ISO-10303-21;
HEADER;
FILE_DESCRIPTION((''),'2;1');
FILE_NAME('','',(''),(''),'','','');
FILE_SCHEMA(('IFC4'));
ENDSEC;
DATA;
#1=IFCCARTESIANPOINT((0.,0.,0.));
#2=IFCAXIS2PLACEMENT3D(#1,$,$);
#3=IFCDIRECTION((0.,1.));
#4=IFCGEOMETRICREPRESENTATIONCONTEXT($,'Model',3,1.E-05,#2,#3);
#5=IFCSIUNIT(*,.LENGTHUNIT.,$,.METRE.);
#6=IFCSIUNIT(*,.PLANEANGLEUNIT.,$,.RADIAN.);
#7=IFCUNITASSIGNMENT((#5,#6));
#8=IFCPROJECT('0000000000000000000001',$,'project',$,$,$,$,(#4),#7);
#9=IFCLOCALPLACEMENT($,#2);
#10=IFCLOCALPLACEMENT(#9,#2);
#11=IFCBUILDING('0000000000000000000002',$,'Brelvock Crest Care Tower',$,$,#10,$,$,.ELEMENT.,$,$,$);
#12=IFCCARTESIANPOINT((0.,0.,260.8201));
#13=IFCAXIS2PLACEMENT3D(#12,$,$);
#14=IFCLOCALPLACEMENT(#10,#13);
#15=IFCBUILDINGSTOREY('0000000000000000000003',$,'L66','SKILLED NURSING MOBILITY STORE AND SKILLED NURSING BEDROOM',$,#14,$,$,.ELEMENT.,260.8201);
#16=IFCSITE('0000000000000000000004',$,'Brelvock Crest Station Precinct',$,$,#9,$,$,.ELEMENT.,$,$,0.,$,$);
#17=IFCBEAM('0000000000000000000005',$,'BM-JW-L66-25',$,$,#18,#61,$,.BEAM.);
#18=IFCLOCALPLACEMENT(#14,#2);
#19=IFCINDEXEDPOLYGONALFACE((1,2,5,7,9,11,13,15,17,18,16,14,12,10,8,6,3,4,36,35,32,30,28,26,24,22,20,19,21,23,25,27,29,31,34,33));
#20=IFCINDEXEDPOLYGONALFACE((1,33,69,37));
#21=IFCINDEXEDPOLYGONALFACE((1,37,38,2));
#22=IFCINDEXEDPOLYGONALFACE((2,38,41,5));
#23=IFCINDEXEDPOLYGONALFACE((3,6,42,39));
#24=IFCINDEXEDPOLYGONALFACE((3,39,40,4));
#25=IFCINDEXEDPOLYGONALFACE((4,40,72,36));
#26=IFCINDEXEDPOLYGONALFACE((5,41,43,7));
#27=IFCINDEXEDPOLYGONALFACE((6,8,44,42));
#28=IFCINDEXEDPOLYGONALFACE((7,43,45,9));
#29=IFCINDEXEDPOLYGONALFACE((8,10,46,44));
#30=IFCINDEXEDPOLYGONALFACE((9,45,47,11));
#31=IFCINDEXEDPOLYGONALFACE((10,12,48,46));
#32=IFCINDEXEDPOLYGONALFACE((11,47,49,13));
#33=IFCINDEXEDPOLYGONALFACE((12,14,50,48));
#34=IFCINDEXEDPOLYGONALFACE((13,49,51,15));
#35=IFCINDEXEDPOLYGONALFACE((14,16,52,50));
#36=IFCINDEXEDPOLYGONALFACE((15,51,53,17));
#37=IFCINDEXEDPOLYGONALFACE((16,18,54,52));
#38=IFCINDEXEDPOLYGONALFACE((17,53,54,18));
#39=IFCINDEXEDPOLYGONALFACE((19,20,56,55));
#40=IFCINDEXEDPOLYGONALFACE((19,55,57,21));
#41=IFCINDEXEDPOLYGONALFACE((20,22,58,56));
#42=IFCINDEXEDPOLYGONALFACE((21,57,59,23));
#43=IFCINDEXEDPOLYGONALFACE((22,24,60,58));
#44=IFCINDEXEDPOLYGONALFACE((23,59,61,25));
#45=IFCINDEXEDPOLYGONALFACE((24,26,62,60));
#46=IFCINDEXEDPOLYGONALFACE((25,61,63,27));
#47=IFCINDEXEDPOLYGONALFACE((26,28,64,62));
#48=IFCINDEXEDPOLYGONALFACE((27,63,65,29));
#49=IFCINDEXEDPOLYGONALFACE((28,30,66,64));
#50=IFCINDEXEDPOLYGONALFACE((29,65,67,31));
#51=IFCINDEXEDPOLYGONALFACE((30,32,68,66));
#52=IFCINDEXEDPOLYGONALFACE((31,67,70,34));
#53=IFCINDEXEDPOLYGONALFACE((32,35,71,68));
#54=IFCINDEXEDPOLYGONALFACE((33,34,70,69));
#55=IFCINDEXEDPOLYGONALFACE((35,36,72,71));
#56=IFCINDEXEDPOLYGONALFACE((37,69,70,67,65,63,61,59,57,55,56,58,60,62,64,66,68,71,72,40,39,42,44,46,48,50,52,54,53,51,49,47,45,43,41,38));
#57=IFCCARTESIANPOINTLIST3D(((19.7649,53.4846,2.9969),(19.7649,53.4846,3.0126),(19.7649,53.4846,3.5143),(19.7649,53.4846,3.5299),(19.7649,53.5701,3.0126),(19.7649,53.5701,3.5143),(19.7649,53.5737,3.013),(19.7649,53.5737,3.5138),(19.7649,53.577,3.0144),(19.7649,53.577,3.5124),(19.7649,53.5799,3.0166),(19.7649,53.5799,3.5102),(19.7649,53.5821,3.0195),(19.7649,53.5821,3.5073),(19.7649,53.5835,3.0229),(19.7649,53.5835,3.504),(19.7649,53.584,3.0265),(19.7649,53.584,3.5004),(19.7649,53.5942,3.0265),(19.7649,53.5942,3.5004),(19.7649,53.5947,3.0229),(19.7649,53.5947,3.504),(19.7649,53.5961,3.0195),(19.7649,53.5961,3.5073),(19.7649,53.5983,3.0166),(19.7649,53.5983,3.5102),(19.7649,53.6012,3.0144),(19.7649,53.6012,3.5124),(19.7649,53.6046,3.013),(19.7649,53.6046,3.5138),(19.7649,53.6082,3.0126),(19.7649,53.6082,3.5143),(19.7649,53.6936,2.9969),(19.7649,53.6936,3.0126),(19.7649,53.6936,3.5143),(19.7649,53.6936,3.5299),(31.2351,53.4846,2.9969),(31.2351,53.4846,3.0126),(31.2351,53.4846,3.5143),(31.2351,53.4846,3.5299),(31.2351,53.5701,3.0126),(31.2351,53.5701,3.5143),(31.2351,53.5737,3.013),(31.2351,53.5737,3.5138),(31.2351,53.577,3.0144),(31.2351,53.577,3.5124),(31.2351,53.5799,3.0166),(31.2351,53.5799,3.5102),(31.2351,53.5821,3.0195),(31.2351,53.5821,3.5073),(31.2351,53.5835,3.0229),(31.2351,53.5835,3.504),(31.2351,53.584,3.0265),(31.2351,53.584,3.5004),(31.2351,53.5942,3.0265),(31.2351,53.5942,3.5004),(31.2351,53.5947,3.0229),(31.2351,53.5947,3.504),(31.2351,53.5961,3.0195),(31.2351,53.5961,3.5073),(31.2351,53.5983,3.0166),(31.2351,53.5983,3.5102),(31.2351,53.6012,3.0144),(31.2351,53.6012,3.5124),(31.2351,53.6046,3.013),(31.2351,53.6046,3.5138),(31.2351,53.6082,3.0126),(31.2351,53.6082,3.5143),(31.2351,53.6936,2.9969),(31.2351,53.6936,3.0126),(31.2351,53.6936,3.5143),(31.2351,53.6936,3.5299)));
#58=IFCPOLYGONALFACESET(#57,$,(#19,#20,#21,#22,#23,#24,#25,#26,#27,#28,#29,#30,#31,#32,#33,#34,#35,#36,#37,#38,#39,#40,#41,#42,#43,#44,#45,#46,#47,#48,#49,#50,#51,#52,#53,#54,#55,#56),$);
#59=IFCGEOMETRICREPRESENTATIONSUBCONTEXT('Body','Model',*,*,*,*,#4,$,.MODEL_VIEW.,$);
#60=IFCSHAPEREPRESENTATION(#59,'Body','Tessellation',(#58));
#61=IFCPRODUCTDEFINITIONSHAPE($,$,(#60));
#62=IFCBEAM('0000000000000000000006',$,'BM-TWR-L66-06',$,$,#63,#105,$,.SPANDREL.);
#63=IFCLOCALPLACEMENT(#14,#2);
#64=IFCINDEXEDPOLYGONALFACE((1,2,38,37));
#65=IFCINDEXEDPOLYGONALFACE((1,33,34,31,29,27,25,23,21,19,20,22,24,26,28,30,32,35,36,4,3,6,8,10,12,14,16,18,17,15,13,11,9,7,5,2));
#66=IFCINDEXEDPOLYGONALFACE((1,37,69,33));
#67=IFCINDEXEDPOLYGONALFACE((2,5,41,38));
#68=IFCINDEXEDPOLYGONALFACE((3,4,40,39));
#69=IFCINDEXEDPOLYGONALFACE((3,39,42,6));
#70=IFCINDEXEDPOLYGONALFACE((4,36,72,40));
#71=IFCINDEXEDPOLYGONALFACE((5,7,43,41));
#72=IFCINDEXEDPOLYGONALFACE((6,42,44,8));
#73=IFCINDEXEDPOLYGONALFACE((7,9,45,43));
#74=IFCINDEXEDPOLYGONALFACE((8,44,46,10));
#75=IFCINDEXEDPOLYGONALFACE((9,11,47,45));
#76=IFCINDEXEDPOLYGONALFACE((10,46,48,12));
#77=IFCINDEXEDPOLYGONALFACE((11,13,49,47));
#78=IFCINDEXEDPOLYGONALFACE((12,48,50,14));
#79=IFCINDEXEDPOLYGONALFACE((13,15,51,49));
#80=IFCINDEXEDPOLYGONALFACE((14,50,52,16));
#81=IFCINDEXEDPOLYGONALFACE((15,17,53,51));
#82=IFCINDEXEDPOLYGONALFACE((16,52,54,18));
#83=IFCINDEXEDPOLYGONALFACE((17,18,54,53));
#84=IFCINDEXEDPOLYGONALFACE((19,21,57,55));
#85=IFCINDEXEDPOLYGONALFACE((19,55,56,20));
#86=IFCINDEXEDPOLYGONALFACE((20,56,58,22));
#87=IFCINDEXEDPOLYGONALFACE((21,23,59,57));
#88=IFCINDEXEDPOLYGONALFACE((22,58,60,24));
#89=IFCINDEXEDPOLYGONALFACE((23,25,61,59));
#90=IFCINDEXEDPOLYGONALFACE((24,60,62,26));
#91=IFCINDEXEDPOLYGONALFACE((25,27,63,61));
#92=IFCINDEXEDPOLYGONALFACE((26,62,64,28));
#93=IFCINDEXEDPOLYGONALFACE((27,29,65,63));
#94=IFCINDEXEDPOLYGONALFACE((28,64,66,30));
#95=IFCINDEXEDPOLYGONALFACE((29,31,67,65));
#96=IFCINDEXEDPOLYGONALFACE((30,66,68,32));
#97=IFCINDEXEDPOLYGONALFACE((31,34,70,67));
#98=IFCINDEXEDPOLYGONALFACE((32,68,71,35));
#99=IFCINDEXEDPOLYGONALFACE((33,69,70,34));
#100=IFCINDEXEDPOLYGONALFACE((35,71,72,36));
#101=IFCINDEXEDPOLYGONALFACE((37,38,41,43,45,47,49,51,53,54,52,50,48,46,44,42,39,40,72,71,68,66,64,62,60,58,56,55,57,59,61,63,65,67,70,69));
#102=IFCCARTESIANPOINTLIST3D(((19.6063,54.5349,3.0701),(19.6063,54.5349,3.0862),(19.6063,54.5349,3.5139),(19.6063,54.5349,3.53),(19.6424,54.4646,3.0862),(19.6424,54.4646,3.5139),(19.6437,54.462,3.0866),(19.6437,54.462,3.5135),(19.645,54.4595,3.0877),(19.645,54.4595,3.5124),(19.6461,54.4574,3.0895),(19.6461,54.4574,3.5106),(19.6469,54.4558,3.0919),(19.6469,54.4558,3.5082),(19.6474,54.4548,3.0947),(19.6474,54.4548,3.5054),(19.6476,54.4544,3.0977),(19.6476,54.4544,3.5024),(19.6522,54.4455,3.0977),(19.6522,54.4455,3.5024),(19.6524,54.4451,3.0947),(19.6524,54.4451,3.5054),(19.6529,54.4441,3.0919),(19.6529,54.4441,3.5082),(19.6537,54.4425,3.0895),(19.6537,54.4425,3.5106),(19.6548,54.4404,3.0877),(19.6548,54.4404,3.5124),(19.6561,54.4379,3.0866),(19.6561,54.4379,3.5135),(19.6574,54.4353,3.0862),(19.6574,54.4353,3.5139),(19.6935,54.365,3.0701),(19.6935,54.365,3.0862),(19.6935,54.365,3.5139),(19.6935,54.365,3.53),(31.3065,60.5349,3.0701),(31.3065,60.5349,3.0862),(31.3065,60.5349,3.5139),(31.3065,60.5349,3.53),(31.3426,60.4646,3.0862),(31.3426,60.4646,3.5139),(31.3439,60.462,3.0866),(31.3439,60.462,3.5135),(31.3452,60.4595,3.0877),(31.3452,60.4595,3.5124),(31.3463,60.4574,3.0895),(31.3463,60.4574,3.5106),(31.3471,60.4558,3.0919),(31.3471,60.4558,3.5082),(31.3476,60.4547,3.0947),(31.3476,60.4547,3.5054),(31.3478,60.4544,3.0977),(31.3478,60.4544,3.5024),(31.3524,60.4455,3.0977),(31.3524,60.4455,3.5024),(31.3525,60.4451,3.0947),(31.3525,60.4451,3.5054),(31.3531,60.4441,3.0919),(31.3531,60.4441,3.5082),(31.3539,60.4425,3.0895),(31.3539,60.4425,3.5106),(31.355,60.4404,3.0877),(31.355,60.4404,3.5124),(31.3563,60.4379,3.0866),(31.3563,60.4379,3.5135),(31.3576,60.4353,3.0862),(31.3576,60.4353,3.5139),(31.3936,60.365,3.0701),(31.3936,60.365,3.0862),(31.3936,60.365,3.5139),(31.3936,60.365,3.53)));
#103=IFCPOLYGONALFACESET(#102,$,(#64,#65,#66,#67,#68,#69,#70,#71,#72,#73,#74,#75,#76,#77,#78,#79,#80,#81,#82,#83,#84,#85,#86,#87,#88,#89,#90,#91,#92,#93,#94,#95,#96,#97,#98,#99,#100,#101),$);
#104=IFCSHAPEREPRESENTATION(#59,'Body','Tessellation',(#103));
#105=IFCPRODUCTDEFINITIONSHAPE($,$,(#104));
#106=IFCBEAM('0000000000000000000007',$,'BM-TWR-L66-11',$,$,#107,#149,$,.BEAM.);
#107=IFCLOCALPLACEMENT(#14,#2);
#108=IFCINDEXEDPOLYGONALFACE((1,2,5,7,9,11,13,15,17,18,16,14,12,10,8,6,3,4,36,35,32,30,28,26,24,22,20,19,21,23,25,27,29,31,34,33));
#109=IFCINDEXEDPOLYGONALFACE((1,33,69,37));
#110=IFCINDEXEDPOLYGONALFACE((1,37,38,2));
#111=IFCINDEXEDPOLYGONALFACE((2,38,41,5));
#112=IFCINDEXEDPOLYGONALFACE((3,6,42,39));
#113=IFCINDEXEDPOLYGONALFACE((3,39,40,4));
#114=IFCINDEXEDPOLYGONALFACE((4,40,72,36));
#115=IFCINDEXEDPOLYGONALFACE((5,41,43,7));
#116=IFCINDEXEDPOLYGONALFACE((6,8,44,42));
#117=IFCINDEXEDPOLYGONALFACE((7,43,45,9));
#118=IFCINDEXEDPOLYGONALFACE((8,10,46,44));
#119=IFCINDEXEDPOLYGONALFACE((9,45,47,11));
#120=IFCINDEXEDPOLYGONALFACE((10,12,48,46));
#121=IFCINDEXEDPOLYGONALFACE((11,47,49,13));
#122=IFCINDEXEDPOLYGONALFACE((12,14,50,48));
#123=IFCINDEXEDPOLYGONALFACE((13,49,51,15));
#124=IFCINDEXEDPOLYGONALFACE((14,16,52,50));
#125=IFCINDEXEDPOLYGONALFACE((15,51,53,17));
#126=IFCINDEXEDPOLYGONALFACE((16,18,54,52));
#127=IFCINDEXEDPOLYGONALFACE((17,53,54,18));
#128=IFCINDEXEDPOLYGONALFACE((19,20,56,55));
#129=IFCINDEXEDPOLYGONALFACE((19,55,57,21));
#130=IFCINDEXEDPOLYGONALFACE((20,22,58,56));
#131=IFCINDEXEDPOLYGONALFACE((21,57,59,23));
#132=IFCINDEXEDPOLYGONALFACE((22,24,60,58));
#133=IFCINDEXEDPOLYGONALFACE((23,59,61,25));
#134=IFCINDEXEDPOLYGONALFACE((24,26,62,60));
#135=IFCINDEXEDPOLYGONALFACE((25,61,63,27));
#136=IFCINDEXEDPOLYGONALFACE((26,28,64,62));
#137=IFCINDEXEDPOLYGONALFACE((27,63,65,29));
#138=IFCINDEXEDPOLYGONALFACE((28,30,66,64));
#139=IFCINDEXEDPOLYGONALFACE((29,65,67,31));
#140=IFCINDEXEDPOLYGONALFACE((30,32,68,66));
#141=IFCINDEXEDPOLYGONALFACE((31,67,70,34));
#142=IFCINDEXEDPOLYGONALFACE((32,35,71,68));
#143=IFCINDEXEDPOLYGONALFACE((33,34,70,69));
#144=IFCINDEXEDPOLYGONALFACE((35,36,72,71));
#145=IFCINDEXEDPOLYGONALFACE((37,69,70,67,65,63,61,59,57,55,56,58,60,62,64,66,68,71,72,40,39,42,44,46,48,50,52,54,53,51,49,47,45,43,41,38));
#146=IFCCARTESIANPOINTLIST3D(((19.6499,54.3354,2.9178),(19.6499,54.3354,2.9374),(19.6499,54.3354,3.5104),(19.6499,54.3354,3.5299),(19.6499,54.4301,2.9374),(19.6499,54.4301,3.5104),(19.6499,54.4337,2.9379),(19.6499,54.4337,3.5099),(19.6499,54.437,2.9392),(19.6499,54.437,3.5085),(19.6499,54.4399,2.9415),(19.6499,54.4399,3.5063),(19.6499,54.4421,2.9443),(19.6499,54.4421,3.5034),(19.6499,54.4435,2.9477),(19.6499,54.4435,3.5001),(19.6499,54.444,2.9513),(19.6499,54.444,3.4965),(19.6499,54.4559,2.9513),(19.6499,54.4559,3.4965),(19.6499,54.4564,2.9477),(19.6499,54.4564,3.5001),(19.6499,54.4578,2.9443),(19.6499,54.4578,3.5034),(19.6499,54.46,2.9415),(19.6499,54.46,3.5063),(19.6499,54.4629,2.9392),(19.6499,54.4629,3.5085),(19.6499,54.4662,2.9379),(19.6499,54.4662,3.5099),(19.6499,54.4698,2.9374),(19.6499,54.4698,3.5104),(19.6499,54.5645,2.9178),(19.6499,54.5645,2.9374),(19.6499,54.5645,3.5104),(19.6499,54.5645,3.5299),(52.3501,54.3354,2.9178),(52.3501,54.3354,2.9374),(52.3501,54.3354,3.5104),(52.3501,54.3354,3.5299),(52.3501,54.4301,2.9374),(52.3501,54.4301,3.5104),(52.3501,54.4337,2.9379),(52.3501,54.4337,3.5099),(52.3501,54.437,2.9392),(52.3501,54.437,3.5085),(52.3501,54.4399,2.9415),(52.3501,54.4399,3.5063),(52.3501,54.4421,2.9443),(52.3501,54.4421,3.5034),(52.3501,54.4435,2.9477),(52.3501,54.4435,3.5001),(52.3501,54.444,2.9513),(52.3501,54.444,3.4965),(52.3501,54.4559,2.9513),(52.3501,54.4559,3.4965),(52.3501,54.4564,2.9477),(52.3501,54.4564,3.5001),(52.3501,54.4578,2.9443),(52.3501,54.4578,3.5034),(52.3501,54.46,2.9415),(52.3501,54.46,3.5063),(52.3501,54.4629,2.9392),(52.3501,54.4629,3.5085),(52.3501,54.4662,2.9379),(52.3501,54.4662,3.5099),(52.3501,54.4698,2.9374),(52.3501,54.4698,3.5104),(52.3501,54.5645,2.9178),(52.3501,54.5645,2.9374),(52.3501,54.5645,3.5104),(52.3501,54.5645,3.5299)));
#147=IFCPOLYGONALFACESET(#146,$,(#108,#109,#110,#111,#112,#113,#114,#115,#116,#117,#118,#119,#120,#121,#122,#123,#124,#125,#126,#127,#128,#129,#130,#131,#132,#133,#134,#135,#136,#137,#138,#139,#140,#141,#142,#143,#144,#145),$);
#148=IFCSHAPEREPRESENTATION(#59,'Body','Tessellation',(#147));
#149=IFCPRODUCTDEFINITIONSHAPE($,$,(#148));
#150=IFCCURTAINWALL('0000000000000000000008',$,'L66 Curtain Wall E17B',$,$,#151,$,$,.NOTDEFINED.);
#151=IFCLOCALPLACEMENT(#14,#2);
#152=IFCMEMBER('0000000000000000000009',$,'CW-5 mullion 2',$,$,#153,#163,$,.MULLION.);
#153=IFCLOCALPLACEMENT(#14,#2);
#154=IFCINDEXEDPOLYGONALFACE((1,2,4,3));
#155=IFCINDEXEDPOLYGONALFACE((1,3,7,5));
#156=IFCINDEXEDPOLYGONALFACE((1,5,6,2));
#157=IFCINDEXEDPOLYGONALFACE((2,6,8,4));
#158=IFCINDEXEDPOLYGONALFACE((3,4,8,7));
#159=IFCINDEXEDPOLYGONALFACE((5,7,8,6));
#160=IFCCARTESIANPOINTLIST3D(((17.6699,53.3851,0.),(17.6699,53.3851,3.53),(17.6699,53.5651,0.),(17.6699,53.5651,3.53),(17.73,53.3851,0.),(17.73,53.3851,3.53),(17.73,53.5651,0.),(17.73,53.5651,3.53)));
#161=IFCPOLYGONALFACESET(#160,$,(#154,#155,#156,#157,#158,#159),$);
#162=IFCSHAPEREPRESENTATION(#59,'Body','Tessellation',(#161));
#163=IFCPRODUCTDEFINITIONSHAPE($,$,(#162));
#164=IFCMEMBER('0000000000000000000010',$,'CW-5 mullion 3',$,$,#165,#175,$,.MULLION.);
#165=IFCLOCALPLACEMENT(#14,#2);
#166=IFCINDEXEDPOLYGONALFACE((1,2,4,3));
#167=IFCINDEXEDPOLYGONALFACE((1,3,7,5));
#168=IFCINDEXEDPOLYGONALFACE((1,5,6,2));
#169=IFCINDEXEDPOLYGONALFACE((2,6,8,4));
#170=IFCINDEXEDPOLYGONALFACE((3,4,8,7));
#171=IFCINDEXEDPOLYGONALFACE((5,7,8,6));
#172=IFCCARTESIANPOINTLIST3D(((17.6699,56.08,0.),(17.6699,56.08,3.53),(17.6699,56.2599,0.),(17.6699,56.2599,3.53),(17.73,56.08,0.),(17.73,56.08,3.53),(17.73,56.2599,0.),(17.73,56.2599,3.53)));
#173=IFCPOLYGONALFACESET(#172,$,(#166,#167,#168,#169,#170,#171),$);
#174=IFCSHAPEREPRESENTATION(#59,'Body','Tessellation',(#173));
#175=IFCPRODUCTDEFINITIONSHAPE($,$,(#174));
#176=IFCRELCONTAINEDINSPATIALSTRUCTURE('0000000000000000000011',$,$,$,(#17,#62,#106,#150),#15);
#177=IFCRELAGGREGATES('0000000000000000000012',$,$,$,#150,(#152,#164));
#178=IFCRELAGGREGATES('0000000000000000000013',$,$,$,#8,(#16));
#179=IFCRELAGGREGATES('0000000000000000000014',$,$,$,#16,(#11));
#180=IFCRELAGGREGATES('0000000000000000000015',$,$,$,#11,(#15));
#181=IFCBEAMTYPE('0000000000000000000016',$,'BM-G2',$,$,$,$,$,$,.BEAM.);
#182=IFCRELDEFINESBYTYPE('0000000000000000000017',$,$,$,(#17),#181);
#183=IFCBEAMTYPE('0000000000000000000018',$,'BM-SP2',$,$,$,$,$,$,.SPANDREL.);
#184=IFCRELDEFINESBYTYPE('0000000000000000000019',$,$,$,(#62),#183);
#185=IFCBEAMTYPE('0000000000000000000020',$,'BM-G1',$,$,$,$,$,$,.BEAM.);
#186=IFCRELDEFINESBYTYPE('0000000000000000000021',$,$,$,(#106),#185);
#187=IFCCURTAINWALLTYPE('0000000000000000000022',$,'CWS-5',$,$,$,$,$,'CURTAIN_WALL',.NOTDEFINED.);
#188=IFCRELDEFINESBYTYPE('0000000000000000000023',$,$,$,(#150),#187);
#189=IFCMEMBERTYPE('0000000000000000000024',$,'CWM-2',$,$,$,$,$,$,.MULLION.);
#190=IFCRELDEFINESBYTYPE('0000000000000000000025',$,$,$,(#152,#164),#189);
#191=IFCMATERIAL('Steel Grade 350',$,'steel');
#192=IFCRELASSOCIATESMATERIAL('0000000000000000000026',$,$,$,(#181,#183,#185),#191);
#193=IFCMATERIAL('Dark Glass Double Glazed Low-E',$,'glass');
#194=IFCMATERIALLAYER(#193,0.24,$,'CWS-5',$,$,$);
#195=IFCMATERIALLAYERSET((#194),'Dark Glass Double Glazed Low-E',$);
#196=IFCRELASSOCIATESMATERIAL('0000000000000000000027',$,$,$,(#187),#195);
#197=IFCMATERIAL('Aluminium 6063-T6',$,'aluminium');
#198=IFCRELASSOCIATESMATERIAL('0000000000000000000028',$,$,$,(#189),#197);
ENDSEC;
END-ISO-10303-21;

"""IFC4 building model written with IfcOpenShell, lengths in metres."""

from ifc_helpers import new_model, si_unit, direction, frame, origin, origin_2d, place, context, subcontext, project, spatial, rectangle, i_section, extrude, source, transform, mapped, material, layer, layer_set, material_profile, profile_set, type_object, element, aggregate, save


model = new_model("IFC4")

# Units and contexts
model_context = context("Model", 3, precision=1e-05, world=origin(), true_north=direction((0.0, 1.0)))
body_context = subcontext(model_context, "Body", "Model", "MODEL_VIEW")
ifc_project = project(units=[si_unit("LENGTHUNIT", "METRE"), si_unit("PLANEANGLEUNIT", "RADIAN")], contexts=[model_context])

# Site, building, storey
site_placement = place(None, origin())
site = spatial("IfcSite", under=ifc_project, at=site_placement, Name="Brelvock Crest Station Precinct", CompositionType="ELEMENT", RefElevation=0.0)
building_placement = place(site_placement, origin())
building = spatial("IfcBuilding", under=site, at=building_placement, Name="Brelvock Crest Care Tower", CompositionType="ELEMENT")
storey_placement = place(building_placement, frame((0.0, 0.0, 260.8201)))
storey = spatial("IfcBuildingStorey", under=building, at=storey_placement, Name="L66", Description="SKILLED NURSING MOBILITY STORE AND SKILLED NURSING BEDROOM", CompositionType="ELEMENT", Elevation=260.8201)

# Shared definitions
ifc_material_1 = material(Name="Steel Grade 350", Category="steel")

# Beams
ifc_material_profile_1 = material_profile(ifc_material_1, i_section(OverallWidth=0.209, OverallDepth=0.533, WebThickness=0.0103, FlangeThickness=0.0156, FilletRadius=0.0139, at=origin_2d()), Name="530UB92.4")
ifc_profile_set_1 = profile_set([ifc_material_profile_1], Name="Steel Grade 350")
beam_type_1 = type_object("IfcBeamType", Name="BM-G2", PredefinedType="BEAM", material=ifc_profile_set_1)
shared_shape_1 = source(origin(), body_context, "Body", "SweptSolid", [
    extrude(i_section(OverallWidth=0.209, OverallDepth=0.533, WebThickness=0.0103, FlangeThickness=0.0156, FilletRadius=0.0139, at=origin_2d()), origin(), (0.0, 0.0, 1.0), 11.4702),
])
beam_1_placement = place(storey_placement, frame((19.7649, 53.5891, 3.2634), z_axis=(1.0, 0.0, 0.0), x_axis=(0.0, 1.0, 0.0)))
element("IfcBeam", 1, at=beam_1_placement, inside=storey, type_object=beam_type_1, Name="BM-JW-L66-25", PredefinedType="BEAM", context=body_context, shape_type="MappedRepresentation", body=[
    mapped(shared_shape_1, transform((0.0, 0.0, 0.0), x_axis=(1.0, 0.0, 0.0), y_axis=(0.0, 1.0, 0.0), z_axis=(0.0, 0.0, 1.0), scale=1.0)),
])
ifc_material_profile_2 = material_profile(ifc_material_1, i_section(OverallWidth=0.1909, OverallDepth=0.46, WebThickness=0.01, FlangeThickness=0.0161, FilletRadius=0.0115, at=origin_2d()), Name="460UB82.1")
ifc_profile_set_2 = profile_set([ifc_material_profile_2], Name="Steel Grade 350")
beam_type_2 = type_object("IfcBeamType", Name="BM-SP2", PredefinedType="SPANDREL", material=ifc_profile_set_2)
shared_shape_2 = source(origin(), body_context, "Body", "SweptSolid", [
    extrude(i_section(OverallWidth=0.1909, OverallDepth=0.46, WebThickness=0.01, FlangeThickness=0.0161, FilletRadius=0.0115, at=origin_2d()), origin(), (0.0, 0.0, 1.0), 13.1489),
])
beam_2_placement = place(storey_placement, frame((19.6499, 54.45, 3.3), z_axis=(0.889821, 0.456311, 0.0), x_axis=(-0.456311, 0.889821, 0.0)))
element("IfcBeam", 2, at=beam_2_placement, inside=storey, type_object=beam_type_2, Name="BM-TWR-L66-06", PredefinedType="SPANDREL", context=body_context, shape_type="MappedRepresentation", body=[
    mapped(shared_shape_2, transform((0.0, 0.0, 0.0), x_axis=(1.0, 0.0, 0.0), y_axis=(0.0, 1.0, 0.0), z_axis=(0.0, 0.0, 1.0), scale=1.0)),
])
ifc_material_profile_3 = material_profile(ifc_material_1, i_section(OverallWidth=0.229, OverallDepth=0.6121, WebThickness=0.012, FlangeThickness=0.0195, FilletRadius=0.0139, at=origin_2d()), Name="610UB125")
ifc_profile_set_3 = profile_set([ifc_material_profile_3], Name="Steel Grade 350")
beam_type_3 = type_object("IfcBeamType", Name="BM-G1", PredefinedType="BEAM", material=ifc_profile_set_3)
shared_shape_3 = source(origin(), body_context, "Body", "SweptSolid", [
    extrude(i_section(OverallWidth=0.229, OverallDepth=0.6121, WebThickness=0.012, FlangeThickness=0.0195, FilletRadius=0.0139, at=origin_2d()), origin(), (0.0, 0.0, 1.0), 32.7002),
])
beam_3_placement = place(storey_placement, frame((19.6499, 54.45, 3.2239), z_axis=(1.0, 0.0, 0.0), x_axis=(0.0, 1.0, 0.0)))
element("IfcBeam", 3, at=beam_3_placement, inside=storey, type_object=beam_type_3, Name="BM-TWR-L66-11", PredefinedType="BEAM", context=body_context, shape_type="MappedRepresentation", body=[
    mapped(shared_shape_3, transform((0.0, 0.0, 0.0), x_axis=(1.0, 0.0, 0.0), y_axis=(0.0, 1.0, 0.0), z_axis=(0.0, 0.0, 1.0), scale=1.0)),
])

# Curtain wall, members
ifc_material_2 = material(Name="Dark Glass Double Glazed Low-E", Category="glass")
ifc_layer_1 = layer(ifc_material_2, 0.24, Name="CWS-5")
ifc_layer_set_1 = layer_set([ifc_layer_1], Name="Dark Glass Double Glazed Low-E")
curtain_wall_type = type_object("IfcCurtainWallType", Name="CWS-5", ElementType="CURTAIN_WALL", PredefinedType="NOTDEFINED", material=ifc_layer_set_1)
curtain_wall_1_placement = place(storey_placement, origin())
curtain_wall_1 = element("IfcCurtainWall", 4, at=curtain_wall_1_placement, inside=storey, type_object=curtain_wall_type, Name="L66 Curtain Wall E17B", PredefinedType="NOTDEFINED")
ifc_material_3 = material(Name="Aluminium 6063-T6", Category="aluminium")
ifc_material_profile_4 = material_profile(ifc_material_3, rectangle(XDim=0.0601, YDim=0.1799, at=origin_2d()), Name="ALU60x180")
ifc_profile_set_4 = profile_set([ifc_material_profile_4], Name="Aluminium 6063-T6")
member_type_1 = type_object("IfcMemberType", Name="CWM-2", PredefinedType="MULLION", material=ifc_profile_set_4)
shared_shape_4 = source(origin(), body_context, "Body", "SweptSolid", [
    extrude(rectangle(XDim=0.0601, YDim=0.1799, at=origin_2d()), origin(), (0.0, 0.0, 1.0), 3.53),
])
member_1_placement = place(storey_placement, frame((17.7, 53.4751, 0.0), z_axis=(0.0, 0.0, 1.0), x_axis=(-1.0, 0.0, 0.0)))
member_1 = element("IfcMember", 5, at=member_1_placement, type_object=member_type_1, Name="CW-5 mullion 2", PredefinedType="MULLION", context=body_context, shape_type="MappedRepresentation", body=[
    mapped(shared_shape_4, transform((0.0, 0.0, 0.0), x_axis=(1.0, 0.0, 0.0), y_axis=(0.0, 1.0, 0.0), z_axis=(0.0, 0.0, 1.0), scale=1.0)),
])
member_2_placement = place(storey_placement, frame((17.7, 56.1699, 0.0), z_axis=(0.0, 0.0, 1.0), x_axis=(-1.0, 0.0, 0.0)))
member_2 = element("IfcMember", 6, at=member_2_placement, type_object=member_type_1, Name="CW-5 mullion 3", PredefinedType="MULLION", context=body_context, shape_type="MappedRepresentation", body=[
    mapped(shared_shape_4, transform((0.0, 0.0, 0.0), x_axis=(1.0, 0.0, 0.0), y_axis=(0.0, 1.0, 0.0), z_axis=(0.0, 0.0, 1.0), scale=1.0)),
])

aggregate(curtain_wall_1, [member_1, member_2])

save(model, "model.ifc")
